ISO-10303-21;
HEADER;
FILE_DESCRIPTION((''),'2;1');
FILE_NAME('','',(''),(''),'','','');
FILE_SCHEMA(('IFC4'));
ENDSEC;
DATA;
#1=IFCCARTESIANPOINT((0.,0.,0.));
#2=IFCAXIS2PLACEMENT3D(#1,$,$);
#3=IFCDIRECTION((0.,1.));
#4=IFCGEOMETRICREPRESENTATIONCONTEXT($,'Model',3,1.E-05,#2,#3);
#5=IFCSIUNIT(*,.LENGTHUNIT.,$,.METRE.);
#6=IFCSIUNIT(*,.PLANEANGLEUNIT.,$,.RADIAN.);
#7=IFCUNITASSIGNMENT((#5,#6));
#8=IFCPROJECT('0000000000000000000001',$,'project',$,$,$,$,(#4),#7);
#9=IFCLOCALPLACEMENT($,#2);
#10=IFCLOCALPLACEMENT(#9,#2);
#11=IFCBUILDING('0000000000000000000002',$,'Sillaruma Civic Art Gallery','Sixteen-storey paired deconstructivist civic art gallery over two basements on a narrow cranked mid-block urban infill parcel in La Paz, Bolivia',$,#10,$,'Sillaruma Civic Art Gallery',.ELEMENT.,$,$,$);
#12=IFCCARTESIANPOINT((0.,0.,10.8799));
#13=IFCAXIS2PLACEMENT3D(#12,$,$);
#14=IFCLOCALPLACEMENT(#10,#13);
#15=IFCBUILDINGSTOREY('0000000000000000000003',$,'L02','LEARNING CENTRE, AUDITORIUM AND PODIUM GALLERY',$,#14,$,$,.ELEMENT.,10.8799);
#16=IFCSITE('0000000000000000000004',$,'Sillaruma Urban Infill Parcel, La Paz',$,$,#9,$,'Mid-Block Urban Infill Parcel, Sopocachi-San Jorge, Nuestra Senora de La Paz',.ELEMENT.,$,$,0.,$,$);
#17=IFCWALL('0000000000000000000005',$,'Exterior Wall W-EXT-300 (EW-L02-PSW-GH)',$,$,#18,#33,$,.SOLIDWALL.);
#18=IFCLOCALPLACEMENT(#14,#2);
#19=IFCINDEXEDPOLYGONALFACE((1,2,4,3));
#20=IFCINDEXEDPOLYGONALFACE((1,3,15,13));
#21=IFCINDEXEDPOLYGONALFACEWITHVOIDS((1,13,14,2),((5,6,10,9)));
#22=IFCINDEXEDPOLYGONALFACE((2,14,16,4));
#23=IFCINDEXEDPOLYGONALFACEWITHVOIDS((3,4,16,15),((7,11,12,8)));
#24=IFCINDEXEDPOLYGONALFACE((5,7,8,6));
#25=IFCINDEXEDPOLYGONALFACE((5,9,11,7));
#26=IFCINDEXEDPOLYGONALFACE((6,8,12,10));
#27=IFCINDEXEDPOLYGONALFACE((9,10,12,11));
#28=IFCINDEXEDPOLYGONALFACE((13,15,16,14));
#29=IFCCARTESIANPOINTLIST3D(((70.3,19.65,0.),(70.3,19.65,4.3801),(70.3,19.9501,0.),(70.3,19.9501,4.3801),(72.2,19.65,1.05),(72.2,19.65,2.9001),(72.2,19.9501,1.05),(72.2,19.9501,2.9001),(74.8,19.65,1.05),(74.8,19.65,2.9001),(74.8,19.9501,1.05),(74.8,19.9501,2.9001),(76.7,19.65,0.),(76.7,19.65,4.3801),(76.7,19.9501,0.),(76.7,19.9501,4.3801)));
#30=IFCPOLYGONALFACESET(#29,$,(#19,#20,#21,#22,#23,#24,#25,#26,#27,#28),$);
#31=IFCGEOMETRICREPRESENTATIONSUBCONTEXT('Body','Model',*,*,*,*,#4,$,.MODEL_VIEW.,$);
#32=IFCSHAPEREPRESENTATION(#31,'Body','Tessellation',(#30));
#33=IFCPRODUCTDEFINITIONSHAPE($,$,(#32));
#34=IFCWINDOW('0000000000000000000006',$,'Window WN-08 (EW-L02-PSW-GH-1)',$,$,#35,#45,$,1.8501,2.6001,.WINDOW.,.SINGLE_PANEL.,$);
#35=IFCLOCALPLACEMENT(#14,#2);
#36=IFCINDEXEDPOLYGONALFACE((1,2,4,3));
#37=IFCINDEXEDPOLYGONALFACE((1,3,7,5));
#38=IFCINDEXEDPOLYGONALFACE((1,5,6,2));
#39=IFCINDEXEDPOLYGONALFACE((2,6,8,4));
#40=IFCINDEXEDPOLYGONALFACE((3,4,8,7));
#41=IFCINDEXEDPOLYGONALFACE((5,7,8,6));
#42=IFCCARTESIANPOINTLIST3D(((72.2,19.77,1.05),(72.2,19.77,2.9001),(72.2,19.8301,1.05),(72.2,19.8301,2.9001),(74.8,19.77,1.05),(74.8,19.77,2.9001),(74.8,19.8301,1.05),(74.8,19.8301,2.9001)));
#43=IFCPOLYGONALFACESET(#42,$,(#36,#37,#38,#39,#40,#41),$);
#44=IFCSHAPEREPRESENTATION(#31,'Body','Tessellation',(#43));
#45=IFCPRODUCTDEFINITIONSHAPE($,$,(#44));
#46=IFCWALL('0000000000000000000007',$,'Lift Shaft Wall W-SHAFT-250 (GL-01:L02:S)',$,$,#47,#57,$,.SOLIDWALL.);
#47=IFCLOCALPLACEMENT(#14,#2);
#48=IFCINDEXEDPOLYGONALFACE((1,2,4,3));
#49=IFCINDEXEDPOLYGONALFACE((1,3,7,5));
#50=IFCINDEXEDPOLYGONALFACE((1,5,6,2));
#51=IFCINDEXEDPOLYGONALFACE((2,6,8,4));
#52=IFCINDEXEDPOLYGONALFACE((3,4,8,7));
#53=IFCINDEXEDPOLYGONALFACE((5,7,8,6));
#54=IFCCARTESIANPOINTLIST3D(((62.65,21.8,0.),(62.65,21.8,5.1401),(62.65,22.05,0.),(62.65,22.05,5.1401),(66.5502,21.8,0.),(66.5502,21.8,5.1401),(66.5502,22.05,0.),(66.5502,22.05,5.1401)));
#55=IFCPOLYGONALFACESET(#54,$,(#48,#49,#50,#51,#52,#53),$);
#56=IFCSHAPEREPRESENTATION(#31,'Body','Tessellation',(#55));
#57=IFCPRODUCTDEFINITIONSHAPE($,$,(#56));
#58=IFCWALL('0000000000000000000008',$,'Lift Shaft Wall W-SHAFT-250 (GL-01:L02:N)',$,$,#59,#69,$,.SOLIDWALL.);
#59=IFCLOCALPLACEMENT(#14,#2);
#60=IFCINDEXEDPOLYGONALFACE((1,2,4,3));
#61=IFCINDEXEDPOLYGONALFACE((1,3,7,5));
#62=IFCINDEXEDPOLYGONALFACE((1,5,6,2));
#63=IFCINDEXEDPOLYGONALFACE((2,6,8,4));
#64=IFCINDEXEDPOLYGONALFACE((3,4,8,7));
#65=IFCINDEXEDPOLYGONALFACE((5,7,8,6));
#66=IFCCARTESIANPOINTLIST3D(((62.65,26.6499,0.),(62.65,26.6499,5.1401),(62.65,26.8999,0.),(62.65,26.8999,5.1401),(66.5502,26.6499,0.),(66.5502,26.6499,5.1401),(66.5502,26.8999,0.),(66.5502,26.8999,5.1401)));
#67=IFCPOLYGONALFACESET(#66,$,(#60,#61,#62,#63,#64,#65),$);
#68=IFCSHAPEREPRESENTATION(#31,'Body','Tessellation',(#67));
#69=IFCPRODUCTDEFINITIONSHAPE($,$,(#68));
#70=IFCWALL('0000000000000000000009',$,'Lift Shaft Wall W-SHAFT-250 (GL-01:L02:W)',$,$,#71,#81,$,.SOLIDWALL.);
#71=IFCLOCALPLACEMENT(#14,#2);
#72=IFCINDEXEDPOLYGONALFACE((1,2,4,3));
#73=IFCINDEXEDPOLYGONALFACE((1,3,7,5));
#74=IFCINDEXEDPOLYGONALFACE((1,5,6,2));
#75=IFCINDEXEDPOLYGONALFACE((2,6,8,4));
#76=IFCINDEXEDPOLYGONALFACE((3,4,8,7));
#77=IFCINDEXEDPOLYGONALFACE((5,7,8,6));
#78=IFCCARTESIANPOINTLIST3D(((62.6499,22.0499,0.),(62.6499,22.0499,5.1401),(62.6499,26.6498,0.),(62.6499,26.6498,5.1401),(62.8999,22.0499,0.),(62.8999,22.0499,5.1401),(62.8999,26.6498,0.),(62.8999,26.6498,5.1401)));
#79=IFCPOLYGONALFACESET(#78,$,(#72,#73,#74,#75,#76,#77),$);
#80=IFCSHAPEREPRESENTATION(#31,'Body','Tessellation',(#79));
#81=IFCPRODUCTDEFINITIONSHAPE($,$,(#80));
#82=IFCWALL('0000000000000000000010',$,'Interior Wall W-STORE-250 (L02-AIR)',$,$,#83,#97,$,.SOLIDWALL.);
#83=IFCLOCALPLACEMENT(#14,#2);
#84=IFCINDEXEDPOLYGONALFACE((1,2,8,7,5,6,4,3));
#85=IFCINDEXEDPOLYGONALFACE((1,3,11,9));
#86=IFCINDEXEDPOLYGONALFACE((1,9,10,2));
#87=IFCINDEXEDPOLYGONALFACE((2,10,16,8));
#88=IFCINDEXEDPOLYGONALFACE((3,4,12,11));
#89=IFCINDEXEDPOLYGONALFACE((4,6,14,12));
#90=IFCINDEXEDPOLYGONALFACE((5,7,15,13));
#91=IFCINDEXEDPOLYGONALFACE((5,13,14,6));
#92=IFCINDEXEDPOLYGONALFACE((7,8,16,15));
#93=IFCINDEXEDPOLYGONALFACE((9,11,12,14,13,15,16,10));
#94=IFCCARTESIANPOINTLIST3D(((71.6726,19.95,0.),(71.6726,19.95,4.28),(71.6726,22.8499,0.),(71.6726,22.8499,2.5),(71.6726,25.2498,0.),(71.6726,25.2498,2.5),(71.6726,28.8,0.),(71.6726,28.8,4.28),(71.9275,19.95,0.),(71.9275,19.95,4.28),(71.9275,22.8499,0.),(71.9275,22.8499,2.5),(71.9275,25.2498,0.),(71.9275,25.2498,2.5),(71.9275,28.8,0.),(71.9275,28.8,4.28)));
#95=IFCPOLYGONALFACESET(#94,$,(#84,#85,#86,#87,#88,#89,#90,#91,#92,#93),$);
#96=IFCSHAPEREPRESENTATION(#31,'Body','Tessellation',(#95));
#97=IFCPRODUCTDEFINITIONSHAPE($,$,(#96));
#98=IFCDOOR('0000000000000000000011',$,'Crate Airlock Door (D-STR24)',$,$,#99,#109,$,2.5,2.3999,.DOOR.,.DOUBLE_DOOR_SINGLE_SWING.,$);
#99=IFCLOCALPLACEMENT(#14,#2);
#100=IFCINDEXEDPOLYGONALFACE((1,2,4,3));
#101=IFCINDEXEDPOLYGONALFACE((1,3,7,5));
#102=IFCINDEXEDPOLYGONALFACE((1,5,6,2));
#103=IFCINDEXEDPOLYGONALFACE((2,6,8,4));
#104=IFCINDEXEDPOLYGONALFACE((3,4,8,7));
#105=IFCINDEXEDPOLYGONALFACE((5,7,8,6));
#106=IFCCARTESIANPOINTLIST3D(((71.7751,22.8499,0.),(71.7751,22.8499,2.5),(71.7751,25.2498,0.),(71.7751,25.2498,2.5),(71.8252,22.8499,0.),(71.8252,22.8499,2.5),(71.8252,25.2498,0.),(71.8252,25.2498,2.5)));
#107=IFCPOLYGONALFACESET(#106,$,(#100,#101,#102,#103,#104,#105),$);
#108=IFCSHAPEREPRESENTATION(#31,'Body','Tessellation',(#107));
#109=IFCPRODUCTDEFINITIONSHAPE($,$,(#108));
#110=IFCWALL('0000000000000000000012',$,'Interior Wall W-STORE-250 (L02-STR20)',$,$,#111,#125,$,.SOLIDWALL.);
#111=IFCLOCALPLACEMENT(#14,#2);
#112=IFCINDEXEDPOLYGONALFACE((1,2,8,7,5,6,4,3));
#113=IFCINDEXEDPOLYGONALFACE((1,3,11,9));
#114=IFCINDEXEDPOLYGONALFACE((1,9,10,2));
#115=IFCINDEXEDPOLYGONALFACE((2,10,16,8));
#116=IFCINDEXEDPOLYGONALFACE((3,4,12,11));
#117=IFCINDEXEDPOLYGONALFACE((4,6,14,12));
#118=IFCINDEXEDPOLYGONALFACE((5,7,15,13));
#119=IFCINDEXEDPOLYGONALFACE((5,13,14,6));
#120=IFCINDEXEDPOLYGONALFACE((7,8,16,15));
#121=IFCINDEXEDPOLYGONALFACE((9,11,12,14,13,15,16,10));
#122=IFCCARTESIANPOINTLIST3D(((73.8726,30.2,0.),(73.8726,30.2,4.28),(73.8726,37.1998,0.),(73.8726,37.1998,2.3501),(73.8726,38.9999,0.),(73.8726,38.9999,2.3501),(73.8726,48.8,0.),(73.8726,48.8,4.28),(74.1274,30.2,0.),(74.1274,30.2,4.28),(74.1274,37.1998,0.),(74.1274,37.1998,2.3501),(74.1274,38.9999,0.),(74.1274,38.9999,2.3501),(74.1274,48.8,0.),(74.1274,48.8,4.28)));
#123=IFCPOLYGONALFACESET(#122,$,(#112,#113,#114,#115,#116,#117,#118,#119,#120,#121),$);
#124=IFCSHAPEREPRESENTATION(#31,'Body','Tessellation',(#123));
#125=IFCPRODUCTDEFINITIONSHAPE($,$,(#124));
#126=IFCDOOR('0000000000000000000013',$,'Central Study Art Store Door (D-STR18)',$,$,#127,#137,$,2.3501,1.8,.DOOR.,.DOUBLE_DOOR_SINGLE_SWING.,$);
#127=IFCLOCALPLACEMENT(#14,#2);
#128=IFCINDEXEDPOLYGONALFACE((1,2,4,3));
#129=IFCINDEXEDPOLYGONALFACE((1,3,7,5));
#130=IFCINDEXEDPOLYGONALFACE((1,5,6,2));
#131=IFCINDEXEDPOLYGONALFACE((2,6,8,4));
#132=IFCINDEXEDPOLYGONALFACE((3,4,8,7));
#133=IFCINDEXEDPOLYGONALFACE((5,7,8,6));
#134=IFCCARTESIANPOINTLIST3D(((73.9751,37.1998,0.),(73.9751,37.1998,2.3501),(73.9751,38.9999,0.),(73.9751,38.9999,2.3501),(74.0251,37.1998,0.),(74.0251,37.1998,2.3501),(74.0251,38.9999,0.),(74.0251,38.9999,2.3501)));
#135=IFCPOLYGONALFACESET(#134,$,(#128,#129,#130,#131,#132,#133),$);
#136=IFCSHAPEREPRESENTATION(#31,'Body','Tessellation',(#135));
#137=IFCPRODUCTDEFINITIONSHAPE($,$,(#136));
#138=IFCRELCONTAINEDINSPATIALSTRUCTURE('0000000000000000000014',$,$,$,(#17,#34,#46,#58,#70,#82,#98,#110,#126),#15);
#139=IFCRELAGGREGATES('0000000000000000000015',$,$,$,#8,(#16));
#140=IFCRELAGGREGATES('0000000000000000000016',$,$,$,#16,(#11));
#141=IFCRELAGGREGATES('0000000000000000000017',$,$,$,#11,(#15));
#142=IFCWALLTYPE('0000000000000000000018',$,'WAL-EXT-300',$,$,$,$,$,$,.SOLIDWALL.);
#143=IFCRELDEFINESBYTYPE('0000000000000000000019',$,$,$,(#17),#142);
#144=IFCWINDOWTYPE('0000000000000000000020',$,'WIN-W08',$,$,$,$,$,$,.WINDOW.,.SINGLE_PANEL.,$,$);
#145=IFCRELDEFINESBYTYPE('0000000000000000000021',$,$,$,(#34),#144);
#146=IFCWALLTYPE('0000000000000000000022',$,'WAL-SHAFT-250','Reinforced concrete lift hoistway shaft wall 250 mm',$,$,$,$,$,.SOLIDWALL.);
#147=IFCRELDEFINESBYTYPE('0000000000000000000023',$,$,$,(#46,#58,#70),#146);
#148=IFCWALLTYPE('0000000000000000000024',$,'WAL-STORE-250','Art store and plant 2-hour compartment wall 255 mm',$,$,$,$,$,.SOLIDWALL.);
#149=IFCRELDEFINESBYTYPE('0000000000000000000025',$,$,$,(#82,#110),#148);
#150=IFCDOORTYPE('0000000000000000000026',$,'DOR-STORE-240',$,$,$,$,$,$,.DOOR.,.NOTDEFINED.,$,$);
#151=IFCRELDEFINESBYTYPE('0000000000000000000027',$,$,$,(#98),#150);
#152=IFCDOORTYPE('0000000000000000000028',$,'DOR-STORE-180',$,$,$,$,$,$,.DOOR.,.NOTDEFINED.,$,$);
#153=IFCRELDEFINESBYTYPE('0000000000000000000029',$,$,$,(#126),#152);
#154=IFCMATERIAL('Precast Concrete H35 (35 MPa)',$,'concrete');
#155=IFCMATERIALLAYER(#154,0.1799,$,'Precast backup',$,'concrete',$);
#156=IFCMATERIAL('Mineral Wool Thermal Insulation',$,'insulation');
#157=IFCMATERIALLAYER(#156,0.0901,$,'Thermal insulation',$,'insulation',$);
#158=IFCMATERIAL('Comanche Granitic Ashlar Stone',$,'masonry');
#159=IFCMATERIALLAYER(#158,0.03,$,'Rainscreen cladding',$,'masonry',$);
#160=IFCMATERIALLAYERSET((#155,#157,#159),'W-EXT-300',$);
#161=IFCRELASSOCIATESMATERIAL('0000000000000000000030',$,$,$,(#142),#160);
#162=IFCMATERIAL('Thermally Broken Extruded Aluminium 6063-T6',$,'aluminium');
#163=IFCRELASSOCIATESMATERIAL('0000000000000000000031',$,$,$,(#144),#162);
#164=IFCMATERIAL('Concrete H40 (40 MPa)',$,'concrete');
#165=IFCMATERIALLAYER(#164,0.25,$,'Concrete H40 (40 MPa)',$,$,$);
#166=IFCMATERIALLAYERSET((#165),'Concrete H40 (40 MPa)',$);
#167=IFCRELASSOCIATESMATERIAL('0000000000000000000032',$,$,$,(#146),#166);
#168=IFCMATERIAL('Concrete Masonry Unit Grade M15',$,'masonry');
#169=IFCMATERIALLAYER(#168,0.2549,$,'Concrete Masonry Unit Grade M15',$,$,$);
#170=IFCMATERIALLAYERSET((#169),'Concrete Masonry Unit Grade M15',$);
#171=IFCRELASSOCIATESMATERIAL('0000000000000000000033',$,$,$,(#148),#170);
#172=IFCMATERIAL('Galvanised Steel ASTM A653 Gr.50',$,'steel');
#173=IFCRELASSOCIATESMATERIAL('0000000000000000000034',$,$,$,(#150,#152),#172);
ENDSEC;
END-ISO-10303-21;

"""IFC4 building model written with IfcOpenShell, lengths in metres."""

from ifc_helpers import new_model, si_unit, direction, frame, frame_2d, origin, place, context, subcontext, project, spatial, rectangle, extrude, material, layer, layer_set, type_object, element, fill, save


model = new_model("IFC4")

# Units and contexts
model_context = context("Model", 3, precision=1e-05, world=origin(), true_north=direction((0.0, 1.0)))
body_context = subcontext(model_context, "Body", "Model", "MODEL_VIEW")
ifc_project = project(units=[si_unit("LENGTHUNIT", "METRE"), si_unit("PLANEANGLEUNIT", "RADIAN")], contexts=[model_context])

# Site, building, storey
site_placement = place(None, origin())
site = spatial("IfcSite", under=ifc_project, at=site_placement, Name="Sillaruma Urban Infill Parcel, La Paz", LongName="Mid-Block Urban Infill Parcel, Sopocachi-San Jorge, Nuestra Senora de La Paz", CompositionType="ELEMENT", RefElevation=0.0)
building_placement = place(site_placement, origin())
building = spatial("IfcBuilding", under=site, at=building_placement, Name="Sillaruma Civic Art Gallery", Description="Sixteen-storey paired deconstructivist civic art gallery over two basements on a narrow cranked mid-block urban infill parcel in La Paz, Bolivia", LongName="Sillaruma Civic Art Gallery", CompositionType="ELEMENT")
storey_placement = place(building_placement, frame((0.0, 0.0, 10.8799)))
storey = spatial("IfcBuildingStorey", under=building, at=storey_placement, Name="L02", Description="LEARNING CENTRE, AUDITORIUM AND PODIUM GALLERY", CompositionType="ELEMENT", Elevation=10.8799)

# Shared definitions
ifc_material_1 = material(Name="Concrete H40 (40 MPa)", Category="concrete")

# Shared definitions
ifc_material_2 = material(Name="Galvanised Steel ASTM A653 Gr.50", Category="steel")

# Wall, opening, window
ifc_material_3 = material(Name="Precast Concrete H35 (35 MPa)", Category="concrete")
ifc_layer_1 = layer(ifc_material_3, 0.1799, Name="Precast backup", Category="concrete")
ifc_material_4 = material(Name="Mineral Wool Thermal Insulation", Category="insulation")
ifc_layer_2 = layer(ifc_material_4, 0.0901, Name="Thermal insulation", Category="insulation")
ifc_material_5 = material(Name="Comanche Granitic Ashlar Stone", Category="masonry")
ifc_layer_3 = layer(ifc_material_5, 0.03, Name="Rainscreen cladding", Category="masonry")
ifc_layer_set_1 = layer_set([ifc_layer_1, ifc_layer_2, ifc_layer_3], Name="W-EXT-300")
wall_type_1 = type_object("IfcWallType", Name="WAL-EXT-300", PredefinedType="SOLIDWALL", material=ifc_layer_set_1)
ifc_material_6 = material(Name="Thermally Broken Extruded Aluminium 6063-T6", Category="aluminium")
wall_1_placement = place(storey_placement, frame((70.3, 19.8, 0.0), z_axis=(0.0, 0.0, 1.0), x_axis=(1.0, 0.0, 0.0)))
wall_1 = element("IfcWall", 1, at=wall_1_placement, inside=storey, type_object=wall_type_1, Name="Exterior Wall W-EXT-300 (EW-L02-PSW-GH)", PredefinedType="SOLIDWALL", context=body_context, shape_type="SweptSolid", body=[
    extrude(rectangle(XDim=6.3999, YDim=0.3, at=frame_2d((3.2, 0.0))), origin(), (0.0, 0.0, 1.0), 4.3801),
])
opening_1_placement = place(wall_1_placement, frame((1.8999, 0.0, 1.05)))
opening_1 = element("IfcOpeningElement", 2, at=opening_1_placement, cuts=wall_1, PredefinedType="OPENING", context=body_context, shape_type="SweptSolid", body=[
    extrude(rectangle(XDim=2.6001, YDim=1.8501, at=frame_2d((1.3, 0.925))), frame((0.0, 0.1599, 0.0), z_axis=(0.0, -1.0, 0.0), x_axis=(1.0, 0.0, 0.0)), (0.0, 0.0, 1.0), 0.3201),
])
window_type_1 = type_object("IfcWindowType", Name="WIN-W08", PartitioningType="SINGLE_PANEL", PredefinedType="WINDOW", material=ifc_material_6)
window_1_placement = place(opening_1_placement, origin())
window_1 = element("IfcWindow", 3, at=window_1_placement, inside=storey, type_object=window_type_1, Name="Window WN-08 (EW-L02-PSW-GH-1)", OverallHeight=1.8501, OverallWidth=2.6001, PartitioningType="SINGLE_PANEL", PredefinedType="WINDOW", context=body_context, shape_type="SweptSolid", body=[
    extrude(rectangle(XDim=2.6001, YDim=1.8501, at=frame_2d((1.3, 0.925))), frame((0.0, 0.03, 0.0), z_axis=(0.0, -1.0, 0.0), x_axis=(1.0, 0.0, 0.0)), (0.0, 0.0, 1.0), 0.0601),
])
fill(opening_1, window_1)

# Walls
ifc_layer_4 = layer(ifc_material_1, 0.25, Name="Concrete H40 (40 MPa)")
ifc_layer_set_2 = layer_set([ifc_layer_4], Name="Concrete H40 (40 MPa)")
wall_type_2 = type_object("IfcWallType", Name="WAL-SHAFT-250", Description="Reinforced concrete lift hoistway shaft wall 250 mm", PredefinedType="SOLIDWALL", material=ifc_layer_set_2)
for number, where, z_axis, x_axis, name in (
    (4, (62.6499, 21.925, 0.0), (0.0, 0.0, 1.0), (1.0, 0.0, 0.0), "Lift Shaft Wall W-SHAFT-250 (GL-01:L02:S)"),
    (5, (62.6499, 26.7749, 0.0), (0.0, 0.0, 1.0), (1.0, 0.0, 0.0), "Lift Shaft Wall W-SHAFT-250 (GL-01:L02:N)"),
):
    element("IfcWall", number, at=place(storey_placement, frame(where, z_axis=z_axis, x_axis=x_axis)), inside=storey, type_object=wall_type_2, Name=name, PredefinedType="SOLIDWALL", context=body_context, shape_type="SweptSolid", body=[
        extrude(rectangle(XDim=3.9001, YDim=0.25, at=frame_2d((1.9502, 0.0))), origin(), (0.0, 0.0, 1.0), 5.1401),
    ])
wall_2_placement = place(storey_placement, frame((62.7749, 22.05, 0.0), z_axis=(0.0, 0.0, 1.0), x_axis=(0.0, 1.0, 0.0)))
element("IfcWall", 6, at=wall_2_placement, inside=storey, type_object=wall_type_2, Name="Lift Shaft Wall W-SHAFT-250 (GL-01:L02:W)", PredefinedType="SOLIDWALL", context=body_context, shape_type="SweptSolid", body=[
    extrude(rectangle(XDim=4.5999, YDim=0.25, at=frame_2d((2.2998, 0.0))), origin(), (0.0, 0.0, 1.0), 5.1401),
])

# Walls, openings, doors
ifc_material_7 = material(Name="Concrete Masonry Unit Grade M15", Category="masonry")
ifc_layer_5 = layer(ifc_material_7, 0.2549, Name="Concrete Masonry Unit Grade M15")
ifc_layer_set_3 = layer_set([ifc_layer_5], Name="Concrete Masonry Unit Grade M15")
wall_type_3 = type_object("IfcWallType", Name="WAL-STORE-250", Description="Art store and plant 2-hour compartment wall 255 mm", PredefinedType="SOLIDWALL", material=ifc_layer_set_3)
wall_3_placement = place(storey_placement, frame((71.8, 19.95, 0.0), z_axis=(0.0, 0.0, 1.0), x_axis=(0.0, 1.0, 0.0)))
wall_3 = element("IfcWall", 7, at=wall_3_placement, inside=storey, type_object=wall_type_3, Name="Interior Wall W-STORE-250 (L02-AIR)", PredefinedType="SOLIDWALL", context=body_context, shape_type="SweptSolid", body=[
    extrude(rectangle(XDim=8.8501, YDim=0.2549, at=frame_2d((4.425, 0.0))), origin(), (0.0, 0.0, 1.0), 4.28),
])
opening_2_placement = place(wall_3_placement, frame((2.8999, 0.0, 0.0)))
opening_2 = element("IfcOpeningElement", 8, at=opening_2_placement, cuts=wall_3, PredefinedType="OPENING", context=body_context, shape_type="SweptSolid", body=[
    extrude(rectangle(XDim=2.3999, YDim=2.5, at=frame_2d((1.2, 1.25))), frame((0.0, 0.1375, 0.0), z_axis=(0.0, -1.0, 0.0), x_axis=(1.0, 0.0, 0.0)), (0.0, 0.0, 1.0), 0.2749),
])
door_type_1 = type_object("IfcDoorType", Name="DOR-STORE-240", OperationType="NOTDEFINED", PredefinedType="DOOR", material=ifc_material_2)
door_1_placement = place(opening_2_placement, origin())
door_1 = element("IfcDoor", 9, at=door_1_placement, inside=storey, type_object=door_type_1, Name="Crate Airlock Door (D-STR24)", OperationType="DOUBLE_DOOR_SINGLE_SWING", OverallHeight=2.5, OverallWidth=2.3999, PredefinedType="DOOR", context=body_context, shape_type="SweptSolid", body=[
    extrude(rectangle(XDim=2.3999, YDim=2.5, at=frame_2d((1.2, 1.25))), frame((0.0, 0.0249, 0.0), z_axis=(0.0, -1.0, 0.0), x_axis=(1.0, 0.0, 0.0)), (0.0, 0.0, 1.0), 0.05),
])
fill(opening_2, door_1)
wall_4_placement = place(storey_placement, frame((74.0, 30.2, 0.0), z_axis=(0.0, 0.0, 1.0), x_axis=(0.0, 1.0, 0.0)))
wall_4 = element("IfcWall", 10, at=wall_4_placement, inside=storey, type_object=wall_type_3, Name="Interior Wall W-STORE-250 (L02-STR20)", PredefinedType="SOLIDWALL", context=body_context, shape_type="SweptSolid", body=[
    extrude(rectangle(XDim=18.6001, YDim=0.2549, at=frame_2d((9.3, 0.0))), origin(), (0.0, 0.0, 1.0), 4.28),
])
opening_3_placement = place(wall_4_placement, frame((7.0, 0.0, 0.0)))
opening_3 = element("IfcOpeningElement", 11, at=opening_3_placement, cuts=wall_4, PredefinedType="OPENING", context=body_context, shape_type="SweptSolid", body=[
    extrude(rectangle(XDim=1.8, YDim=2.3501, at=frame_2d((0.8999, 1.175))), frame((0.0, 0.1375, 0.0), z_axis=(0.0, -1.0, 0.0), x_axis=(1.0, 0.0, 0.0)), (0.0, 0.0, 1.0), 0.2749),
])
door_type_2 = type_object("IfcDoorType", Name="DOR-STORE-180", OperationType="NOTDEFINED", PredefinedType="DOOR", material=ifc_material_2)
door_2_placement = place(opening_3_placement, origin())
door_2 = element("IfcDoor", 12, at=door_2_placement, inside=storey, type_object=door_type_2, Name="Central Study Art Store Door (D-STR18)", OperationType="DOUBLE_DOOR_SINGLE_SWING", OverallHeight=2.3501, OverallWidth=1.8, PredefinedType="DOOR", context=body_context, shape_type="SweptSolid", body=[
    extrude(rectangle(XDim=1.8, YDim=2.3501, at=frame_2d((0.8999, 1.175))), frame((0.0, 0.0249, 0.0), z_axis=(0.0, -1.0, 0.0), x_axis=(1.0, 0.0, 0.0)), (0.0, 0.0, 1.0), 0.05),
])
fill(opening_3, door_2)

save(model, "model.ifc")
